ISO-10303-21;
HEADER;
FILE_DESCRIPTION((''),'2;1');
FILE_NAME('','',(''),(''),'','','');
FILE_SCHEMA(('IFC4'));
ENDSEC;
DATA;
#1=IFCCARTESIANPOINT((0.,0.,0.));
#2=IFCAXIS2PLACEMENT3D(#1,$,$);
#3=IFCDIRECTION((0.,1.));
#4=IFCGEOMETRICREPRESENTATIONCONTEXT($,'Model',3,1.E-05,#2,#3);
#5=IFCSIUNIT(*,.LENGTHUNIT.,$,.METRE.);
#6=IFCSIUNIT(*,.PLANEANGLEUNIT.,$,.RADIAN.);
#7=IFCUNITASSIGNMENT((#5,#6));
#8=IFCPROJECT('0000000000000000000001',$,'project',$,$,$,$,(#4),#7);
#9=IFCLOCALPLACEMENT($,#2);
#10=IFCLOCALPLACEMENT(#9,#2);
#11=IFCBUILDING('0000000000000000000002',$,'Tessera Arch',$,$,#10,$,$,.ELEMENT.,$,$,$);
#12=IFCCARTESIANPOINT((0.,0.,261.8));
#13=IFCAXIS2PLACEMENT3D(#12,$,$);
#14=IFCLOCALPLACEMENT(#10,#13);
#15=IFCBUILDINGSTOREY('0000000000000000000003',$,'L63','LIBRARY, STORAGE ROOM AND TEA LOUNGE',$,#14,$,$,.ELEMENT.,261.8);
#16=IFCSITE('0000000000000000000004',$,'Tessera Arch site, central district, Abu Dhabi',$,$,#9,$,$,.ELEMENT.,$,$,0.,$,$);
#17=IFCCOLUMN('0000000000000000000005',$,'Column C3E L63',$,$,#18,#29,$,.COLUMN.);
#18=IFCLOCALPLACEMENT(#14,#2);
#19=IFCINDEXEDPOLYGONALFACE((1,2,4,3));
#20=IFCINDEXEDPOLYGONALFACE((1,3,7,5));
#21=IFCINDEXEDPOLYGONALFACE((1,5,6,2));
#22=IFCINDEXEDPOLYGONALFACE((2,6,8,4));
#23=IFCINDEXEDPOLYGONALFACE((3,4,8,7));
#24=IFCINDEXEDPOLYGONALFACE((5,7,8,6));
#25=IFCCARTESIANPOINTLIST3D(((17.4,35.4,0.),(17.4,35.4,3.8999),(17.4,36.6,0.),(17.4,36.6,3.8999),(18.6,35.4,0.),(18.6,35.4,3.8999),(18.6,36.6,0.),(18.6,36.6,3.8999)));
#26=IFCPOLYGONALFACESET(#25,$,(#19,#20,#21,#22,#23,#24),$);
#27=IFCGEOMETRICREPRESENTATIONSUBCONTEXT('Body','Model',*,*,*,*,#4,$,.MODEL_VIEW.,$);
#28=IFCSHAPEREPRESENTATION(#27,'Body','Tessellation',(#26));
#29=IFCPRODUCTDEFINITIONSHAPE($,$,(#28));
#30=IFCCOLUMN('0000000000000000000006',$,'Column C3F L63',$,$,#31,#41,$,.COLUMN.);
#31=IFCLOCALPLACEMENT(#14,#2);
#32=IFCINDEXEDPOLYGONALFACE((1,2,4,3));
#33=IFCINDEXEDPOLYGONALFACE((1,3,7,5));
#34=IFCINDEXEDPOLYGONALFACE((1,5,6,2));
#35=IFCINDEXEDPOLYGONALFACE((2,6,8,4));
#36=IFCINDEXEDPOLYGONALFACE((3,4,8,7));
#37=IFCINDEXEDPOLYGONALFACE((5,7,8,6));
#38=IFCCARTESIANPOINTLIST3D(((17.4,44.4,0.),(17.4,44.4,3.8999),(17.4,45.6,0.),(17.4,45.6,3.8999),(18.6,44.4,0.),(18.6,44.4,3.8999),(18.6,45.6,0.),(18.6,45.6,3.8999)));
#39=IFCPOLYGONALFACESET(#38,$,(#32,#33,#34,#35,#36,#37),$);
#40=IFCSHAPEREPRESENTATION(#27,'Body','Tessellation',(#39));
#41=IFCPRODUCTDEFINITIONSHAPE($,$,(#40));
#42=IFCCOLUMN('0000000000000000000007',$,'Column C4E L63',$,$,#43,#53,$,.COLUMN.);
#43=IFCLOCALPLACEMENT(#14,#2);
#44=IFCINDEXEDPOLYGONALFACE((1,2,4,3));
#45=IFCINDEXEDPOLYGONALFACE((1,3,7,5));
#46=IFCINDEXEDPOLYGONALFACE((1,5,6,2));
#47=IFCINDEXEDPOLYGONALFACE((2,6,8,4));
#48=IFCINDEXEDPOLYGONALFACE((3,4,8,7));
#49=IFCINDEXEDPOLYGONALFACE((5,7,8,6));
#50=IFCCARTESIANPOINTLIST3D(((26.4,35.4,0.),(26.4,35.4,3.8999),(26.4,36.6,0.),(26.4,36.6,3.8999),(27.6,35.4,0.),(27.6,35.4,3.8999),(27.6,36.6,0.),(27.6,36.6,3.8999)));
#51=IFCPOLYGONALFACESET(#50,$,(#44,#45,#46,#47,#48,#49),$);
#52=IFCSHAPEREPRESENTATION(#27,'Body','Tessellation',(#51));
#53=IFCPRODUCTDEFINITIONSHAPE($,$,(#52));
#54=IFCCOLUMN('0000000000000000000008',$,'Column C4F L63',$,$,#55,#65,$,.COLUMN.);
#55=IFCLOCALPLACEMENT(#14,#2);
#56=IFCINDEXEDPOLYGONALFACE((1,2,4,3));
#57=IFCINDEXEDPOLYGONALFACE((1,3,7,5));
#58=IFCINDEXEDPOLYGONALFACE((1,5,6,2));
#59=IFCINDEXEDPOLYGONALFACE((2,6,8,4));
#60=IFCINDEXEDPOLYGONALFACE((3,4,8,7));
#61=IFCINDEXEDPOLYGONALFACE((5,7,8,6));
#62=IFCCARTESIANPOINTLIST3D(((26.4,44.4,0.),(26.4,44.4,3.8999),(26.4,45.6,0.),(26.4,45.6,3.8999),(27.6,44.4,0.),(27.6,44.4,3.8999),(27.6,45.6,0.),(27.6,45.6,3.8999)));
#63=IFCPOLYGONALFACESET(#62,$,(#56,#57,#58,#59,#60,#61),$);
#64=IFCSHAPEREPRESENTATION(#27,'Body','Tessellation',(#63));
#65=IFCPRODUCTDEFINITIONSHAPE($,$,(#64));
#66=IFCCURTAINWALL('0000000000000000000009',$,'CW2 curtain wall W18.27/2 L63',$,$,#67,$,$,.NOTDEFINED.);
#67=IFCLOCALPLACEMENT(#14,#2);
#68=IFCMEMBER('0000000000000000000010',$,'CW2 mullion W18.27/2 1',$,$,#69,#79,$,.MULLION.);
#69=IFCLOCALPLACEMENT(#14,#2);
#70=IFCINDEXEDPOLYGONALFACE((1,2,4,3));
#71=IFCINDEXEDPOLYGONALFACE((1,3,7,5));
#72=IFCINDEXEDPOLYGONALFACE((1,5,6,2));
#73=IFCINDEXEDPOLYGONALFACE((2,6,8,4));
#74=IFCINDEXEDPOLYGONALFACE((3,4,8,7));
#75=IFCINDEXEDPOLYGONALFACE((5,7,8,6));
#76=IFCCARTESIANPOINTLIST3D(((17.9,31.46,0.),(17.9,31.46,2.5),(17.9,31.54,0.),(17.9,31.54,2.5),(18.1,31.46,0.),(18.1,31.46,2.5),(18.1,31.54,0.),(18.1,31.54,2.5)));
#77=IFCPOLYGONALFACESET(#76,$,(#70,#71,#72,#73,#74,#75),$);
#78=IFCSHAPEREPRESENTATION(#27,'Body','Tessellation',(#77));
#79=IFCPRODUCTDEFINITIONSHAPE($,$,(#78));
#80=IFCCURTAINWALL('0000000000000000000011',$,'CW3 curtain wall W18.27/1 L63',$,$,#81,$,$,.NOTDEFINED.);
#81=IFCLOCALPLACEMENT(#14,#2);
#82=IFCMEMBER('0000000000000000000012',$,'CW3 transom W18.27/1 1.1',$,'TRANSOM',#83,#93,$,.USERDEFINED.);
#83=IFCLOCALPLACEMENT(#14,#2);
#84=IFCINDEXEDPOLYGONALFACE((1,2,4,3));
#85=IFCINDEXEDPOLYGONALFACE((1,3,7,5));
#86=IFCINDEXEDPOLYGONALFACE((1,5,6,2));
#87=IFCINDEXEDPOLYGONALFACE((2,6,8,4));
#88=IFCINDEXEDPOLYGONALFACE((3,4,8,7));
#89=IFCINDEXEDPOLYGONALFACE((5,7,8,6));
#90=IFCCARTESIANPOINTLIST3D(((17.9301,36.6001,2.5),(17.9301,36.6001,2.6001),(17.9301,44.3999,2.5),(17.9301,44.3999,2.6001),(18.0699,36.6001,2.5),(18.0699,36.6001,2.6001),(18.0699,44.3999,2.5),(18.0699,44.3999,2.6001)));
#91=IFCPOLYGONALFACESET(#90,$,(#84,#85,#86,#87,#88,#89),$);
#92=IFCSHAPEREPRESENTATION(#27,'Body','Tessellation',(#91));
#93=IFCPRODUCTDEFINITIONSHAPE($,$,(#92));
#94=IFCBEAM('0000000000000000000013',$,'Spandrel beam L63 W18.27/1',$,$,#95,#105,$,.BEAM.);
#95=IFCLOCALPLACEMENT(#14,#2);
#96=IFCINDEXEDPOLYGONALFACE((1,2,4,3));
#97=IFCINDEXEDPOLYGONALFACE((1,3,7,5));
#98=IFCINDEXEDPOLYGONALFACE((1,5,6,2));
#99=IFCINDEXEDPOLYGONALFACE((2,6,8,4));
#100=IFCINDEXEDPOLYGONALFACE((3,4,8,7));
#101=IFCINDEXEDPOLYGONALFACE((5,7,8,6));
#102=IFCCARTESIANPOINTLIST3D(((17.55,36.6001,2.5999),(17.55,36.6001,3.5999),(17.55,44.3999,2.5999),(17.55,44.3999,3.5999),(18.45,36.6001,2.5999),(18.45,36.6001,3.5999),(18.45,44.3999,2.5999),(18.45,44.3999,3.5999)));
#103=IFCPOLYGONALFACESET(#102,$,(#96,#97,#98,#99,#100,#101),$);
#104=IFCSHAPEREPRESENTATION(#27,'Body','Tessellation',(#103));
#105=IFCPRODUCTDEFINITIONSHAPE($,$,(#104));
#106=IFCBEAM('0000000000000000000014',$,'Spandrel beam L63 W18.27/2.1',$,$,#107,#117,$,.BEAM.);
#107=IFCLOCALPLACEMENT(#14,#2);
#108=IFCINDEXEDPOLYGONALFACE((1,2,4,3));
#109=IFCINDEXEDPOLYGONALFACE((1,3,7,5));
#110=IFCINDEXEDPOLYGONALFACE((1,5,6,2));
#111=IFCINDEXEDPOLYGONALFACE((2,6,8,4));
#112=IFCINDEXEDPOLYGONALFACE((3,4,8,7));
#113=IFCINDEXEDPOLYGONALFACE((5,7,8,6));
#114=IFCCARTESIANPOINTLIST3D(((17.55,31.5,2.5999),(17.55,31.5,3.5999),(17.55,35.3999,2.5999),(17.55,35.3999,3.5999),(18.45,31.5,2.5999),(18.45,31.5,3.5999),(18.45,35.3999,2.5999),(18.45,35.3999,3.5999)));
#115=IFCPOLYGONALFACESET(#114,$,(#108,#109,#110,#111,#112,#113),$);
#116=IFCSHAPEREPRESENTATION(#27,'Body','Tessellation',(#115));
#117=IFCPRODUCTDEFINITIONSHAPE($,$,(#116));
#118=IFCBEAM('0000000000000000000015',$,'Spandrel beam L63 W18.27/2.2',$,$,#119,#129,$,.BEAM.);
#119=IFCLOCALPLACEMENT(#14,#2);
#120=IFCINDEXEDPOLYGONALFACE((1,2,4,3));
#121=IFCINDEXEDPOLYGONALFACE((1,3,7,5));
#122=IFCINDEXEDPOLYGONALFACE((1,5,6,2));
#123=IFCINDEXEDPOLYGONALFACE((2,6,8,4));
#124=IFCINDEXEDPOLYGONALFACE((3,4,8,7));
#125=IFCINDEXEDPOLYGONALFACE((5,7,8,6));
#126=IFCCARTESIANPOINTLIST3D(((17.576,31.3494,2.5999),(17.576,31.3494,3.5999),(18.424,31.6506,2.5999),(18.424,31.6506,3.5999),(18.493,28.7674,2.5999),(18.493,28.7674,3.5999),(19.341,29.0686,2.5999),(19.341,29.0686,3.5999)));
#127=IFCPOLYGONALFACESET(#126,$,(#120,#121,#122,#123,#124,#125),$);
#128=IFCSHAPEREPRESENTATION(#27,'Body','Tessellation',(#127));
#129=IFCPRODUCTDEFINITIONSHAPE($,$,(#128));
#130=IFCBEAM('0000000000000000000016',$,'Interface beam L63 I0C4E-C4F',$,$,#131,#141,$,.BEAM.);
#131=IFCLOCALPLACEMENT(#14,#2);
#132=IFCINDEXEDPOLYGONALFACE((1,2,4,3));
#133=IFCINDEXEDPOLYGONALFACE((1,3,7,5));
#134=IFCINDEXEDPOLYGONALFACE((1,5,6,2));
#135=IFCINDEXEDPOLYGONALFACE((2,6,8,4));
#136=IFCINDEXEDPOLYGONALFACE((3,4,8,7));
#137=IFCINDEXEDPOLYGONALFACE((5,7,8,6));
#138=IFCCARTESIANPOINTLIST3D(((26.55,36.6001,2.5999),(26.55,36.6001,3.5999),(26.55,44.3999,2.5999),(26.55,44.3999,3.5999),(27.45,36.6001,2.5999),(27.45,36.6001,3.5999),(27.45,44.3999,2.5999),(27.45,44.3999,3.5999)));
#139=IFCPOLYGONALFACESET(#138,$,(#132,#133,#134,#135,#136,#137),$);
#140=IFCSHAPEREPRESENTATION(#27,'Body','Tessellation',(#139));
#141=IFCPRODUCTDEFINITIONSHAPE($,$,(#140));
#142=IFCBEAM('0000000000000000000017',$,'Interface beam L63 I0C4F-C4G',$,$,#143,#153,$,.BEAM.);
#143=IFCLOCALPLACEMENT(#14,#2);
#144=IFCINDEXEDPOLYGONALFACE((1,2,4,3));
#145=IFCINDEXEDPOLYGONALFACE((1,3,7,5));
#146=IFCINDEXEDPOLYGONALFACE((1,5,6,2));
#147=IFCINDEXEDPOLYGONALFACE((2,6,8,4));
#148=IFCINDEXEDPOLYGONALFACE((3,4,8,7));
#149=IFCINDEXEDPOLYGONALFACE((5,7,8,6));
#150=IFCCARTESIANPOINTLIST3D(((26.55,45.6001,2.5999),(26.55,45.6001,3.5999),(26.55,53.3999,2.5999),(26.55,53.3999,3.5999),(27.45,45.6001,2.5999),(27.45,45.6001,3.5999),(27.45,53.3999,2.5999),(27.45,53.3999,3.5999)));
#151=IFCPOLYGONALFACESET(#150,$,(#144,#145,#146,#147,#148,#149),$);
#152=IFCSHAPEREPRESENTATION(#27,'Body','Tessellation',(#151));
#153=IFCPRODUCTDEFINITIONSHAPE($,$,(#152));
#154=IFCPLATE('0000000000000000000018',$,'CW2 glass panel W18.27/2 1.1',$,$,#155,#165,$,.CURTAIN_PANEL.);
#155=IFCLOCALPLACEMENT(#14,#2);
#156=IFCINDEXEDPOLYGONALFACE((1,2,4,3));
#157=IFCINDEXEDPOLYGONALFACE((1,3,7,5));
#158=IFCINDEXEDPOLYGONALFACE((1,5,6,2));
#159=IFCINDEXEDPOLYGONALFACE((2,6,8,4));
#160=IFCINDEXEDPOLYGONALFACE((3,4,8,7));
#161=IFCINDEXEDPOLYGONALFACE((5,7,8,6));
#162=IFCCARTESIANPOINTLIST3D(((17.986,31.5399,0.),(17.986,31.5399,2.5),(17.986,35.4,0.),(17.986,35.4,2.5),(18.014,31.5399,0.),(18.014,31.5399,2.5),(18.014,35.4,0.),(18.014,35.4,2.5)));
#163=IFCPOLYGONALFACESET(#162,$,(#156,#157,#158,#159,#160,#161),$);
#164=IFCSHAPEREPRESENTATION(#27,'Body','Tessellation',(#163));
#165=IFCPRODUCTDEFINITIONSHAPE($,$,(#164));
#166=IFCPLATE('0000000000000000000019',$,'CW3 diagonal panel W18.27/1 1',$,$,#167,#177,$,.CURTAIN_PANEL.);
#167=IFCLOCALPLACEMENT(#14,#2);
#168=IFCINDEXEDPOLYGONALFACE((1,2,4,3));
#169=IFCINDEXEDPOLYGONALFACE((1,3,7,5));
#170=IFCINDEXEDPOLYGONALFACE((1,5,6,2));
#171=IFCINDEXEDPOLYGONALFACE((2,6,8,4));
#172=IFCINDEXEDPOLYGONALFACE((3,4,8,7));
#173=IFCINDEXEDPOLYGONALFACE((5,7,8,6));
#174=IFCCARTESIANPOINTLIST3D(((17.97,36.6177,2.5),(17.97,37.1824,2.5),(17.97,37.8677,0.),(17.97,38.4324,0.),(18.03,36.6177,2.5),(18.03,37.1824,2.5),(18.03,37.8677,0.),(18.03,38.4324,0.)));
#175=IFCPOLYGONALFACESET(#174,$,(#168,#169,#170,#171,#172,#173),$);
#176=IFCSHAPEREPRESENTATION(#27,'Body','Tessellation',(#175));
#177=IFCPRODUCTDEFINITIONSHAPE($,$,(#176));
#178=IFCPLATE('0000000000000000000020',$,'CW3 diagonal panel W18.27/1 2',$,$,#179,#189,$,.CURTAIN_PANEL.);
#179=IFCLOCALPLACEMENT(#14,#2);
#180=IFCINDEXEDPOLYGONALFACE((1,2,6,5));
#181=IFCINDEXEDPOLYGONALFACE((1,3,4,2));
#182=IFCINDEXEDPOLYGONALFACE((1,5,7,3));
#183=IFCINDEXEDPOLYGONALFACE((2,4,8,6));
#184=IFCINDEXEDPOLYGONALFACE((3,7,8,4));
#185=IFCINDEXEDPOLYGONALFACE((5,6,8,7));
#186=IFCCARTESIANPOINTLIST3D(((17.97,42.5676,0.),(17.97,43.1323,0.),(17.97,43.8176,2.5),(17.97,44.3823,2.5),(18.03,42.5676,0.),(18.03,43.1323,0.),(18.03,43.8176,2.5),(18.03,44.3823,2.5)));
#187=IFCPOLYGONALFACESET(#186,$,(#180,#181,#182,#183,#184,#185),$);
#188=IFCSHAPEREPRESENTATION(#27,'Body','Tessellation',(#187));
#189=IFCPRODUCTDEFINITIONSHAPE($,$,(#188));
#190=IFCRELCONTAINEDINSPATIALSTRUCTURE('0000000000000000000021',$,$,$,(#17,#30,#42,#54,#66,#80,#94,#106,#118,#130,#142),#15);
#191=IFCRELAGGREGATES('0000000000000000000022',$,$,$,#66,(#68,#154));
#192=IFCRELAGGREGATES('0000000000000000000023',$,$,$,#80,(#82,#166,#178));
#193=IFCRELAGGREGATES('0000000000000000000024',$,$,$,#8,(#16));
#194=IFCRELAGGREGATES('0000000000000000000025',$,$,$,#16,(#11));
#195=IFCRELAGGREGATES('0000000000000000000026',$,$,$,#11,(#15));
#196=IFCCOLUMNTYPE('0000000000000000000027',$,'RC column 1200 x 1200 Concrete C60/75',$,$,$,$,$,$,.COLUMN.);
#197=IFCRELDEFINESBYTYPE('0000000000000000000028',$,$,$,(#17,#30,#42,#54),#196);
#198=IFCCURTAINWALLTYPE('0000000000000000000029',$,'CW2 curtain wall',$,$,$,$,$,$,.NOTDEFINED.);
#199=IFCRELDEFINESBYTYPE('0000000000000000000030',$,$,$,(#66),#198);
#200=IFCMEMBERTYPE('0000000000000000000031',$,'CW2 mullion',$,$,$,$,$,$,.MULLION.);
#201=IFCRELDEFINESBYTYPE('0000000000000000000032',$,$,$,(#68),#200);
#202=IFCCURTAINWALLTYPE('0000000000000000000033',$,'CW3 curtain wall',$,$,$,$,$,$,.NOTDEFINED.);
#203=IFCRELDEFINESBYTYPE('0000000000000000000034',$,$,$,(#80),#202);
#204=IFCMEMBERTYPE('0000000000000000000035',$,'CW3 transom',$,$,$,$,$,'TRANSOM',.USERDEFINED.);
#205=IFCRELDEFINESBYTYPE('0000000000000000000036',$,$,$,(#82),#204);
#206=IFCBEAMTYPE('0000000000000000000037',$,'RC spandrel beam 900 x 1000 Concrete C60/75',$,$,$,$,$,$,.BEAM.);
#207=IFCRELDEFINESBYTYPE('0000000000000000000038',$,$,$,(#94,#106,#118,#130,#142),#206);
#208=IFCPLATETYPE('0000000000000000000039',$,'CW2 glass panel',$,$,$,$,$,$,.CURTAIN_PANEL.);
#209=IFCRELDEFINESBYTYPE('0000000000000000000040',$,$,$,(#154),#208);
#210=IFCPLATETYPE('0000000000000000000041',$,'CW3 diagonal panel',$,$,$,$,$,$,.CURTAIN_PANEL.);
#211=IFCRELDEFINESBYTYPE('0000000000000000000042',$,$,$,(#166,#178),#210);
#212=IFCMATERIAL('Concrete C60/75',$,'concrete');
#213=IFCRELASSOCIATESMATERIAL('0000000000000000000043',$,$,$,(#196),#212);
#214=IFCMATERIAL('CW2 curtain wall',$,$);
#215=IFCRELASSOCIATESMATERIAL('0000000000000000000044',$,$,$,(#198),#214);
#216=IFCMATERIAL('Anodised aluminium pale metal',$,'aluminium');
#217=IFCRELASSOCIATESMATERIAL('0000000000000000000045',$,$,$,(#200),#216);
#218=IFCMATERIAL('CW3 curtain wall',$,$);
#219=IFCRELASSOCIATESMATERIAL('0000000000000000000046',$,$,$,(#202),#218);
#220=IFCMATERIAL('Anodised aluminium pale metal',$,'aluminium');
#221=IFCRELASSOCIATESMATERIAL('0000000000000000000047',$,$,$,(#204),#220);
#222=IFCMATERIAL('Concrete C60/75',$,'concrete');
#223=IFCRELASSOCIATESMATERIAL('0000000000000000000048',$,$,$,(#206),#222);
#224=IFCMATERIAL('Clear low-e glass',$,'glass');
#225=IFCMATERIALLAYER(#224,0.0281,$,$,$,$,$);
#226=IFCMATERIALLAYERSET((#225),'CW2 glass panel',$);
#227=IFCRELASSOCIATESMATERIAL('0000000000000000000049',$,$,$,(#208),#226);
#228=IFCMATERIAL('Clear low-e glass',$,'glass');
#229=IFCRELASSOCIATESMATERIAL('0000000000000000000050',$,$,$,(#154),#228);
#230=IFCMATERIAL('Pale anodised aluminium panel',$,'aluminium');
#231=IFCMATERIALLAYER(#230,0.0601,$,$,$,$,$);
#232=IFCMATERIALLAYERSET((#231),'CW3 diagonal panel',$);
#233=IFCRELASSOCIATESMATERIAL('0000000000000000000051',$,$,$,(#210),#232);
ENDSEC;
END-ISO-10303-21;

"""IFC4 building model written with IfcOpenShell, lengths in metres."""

from ifc_helpers import new_model, si_unit, direction, frame, origin, origin_2d, place, context, subcontext, project, spatial, polyline, rectangle, outline, extrude, material, layer, layer_set, material_profile, profile_set, type_object, element, aggregate, save


model = new_model("IFC4")

# Units and contexts
model_context = context("Model", 3, precision=1e-05, world=origin(), true_north=direction((0.0, 1.0)))
body_context = subcontext(model_context, "Body", "Model", "MODEL_VIEW")
ifc_project = project(units=[si_unit("LENGTHUNIT", "METRE"), si_unit("PLANEANGLEUNIT", "RADIAN")], contexts=[model_context])

# Site, building, storey
site_placement = place(None, origin())
site = spatial("IfcSite", under=ifc_project, at=site_placement, Name="Tessera Arch site, central district, Abu Dhabi", CompositionType="ELEMENT", RefElevation=0.0)
building_placement = place(site_placement, origin())
building = spatial("IfcBuilding", under=site, at=building_placement, Name="Tessera Arch", CompositionType="ELEMENT")
storey_placement = place(building_placement, frame((0.0, 0.0, 261.8)))
storey = spatial("IfcBuildingStorey", under=building, at=storey_placement, Name="L63", Description="LIBRARY, STORAGE ROOM AND TEA LOUNGE", CompositionType="ELEMENT", Elevation=261.8)

# Columns
ifc_material_1 = material(Name="Concrete C60/75", Category="concrete")
ifc_material_profile_1 = material_profile(ifc_material_1, rectangle(XDim=1.2, YDim=1.2, at=origin_2d()), Name="RC column 1200 x 1200 Concrete C60/75")
ifc_profile_set_1 = profile_set([ifc_material_profile_1], Name="Concrete C60/75")
column_type = type_object("IfcColumnType", Name="RC column 1200 x 1200 Concrete C60/75", PredefinedType="COLUMN", material=ifc_profile_set_1)
for number, where, z_axis, x_axis, name in (
    (1, (18.0, 36.0, 0.0), (0.0, 0.0, 1.0), (1.0, 0.0, 0.0), "Column C3E L63"),
    (2, (18.0, 45.0, 0.0), (0.0, 0.0, 1.0), (1.0, 0.0, 0.0), "Column C3F L63"),
    (3, (27.0, 36.0, 0.0), (0.0, 0.0, 1.0), (1.0, 0.0, 0.0), "Column C4E L63"),
    (4, (27.0, 45.0, 0.0), (0.0, 0.0, 1.0), (1.0, 0.0, 0.0), "Column C4F L63"),
):
    element("IfcColumn", number, at=place(storey_placement, frame(where, z_axis=z_axis, x_axis=x_axis)), inside=storey, type_object=column_type, Name=name, PredefinedType="COLUMN", context=body_context, shape_type="SweptSolid", body=[
        extrude(rectangle(XDim=1.2, YDim=1.2, at=origin_2d()), origin(), (0.0, 0.0, 1.0), 3.8999),
    ])

# Curtain walls, members
ifc_material_2 = material(Name="CW2 curtain wall")
curtain_wall_type_1 = type_object("IfcCurtainWallType", Name="CW2 curtain wall", PredefinedType="NOTDEFINED", material=ifc_material_2)
curtain_wall_1_placement = place(storey_placement, origin())
curtain_wall_1 = element("IfcCurtainWall", 5, at=curtain_wall_1_placement, inside=storey, type_object=curtain_wall_type_1, Name="CW2 curtain wall W18.27/2 L63", PredefinedType="NOTDEFINED")
ifc_material_3 = material(Name="Anodised aluminium pale metal", Category="aluminium")
ifc_material_profile_2 = material_profile(ifc_material_3, rectangle(XDim=0.2, YDim=0.0801, at=origin_2d()), Name="AL 80x200")
ifc_profile_set_2 = profile_set([ifc_material_profile_2], Name="Anodised aluminium pale metal")
member_type_1 = type_object("IfcMemberType", Name="CW2 mullion", PredefinedType="MULLION", material=ifc_profile_set_2)
member_1_placement = place(storey_placement, frame((18.0, 31.5, 0.0), z_axis=(0.0, 0.0, 1.0), x_axis=(1.0, 0.0, 0.0)))
member_1 = element("IfcMember", 6, at=member_1_placement, type_object=member_type_1, Name="CW2 mullion W18.27/2 1", PredefinedType="MULLION", context=body_context, shape_type="SweptSolid", body=[
    extrude(rectangle(XDim=0.2, YDim=0.0801, at=origin_2d()), origin(), (0.0, 0.0, 1.0), 2.5),
])
ifc_material_4 = material(Name="CW3 curtain wall")
curtain_wall_type_2 = type_object("IfcCurtainWallType", Name="CW3 curtain wall", PredefinedType="NOTDEFINED", material=ifc_material_4)
curtain_wall_2_placement = place(storey_placement, origin())
curtain_wall_2 = element("IfcCurtainWall", 7, at=curtain_wall_2_placement, inside=storey, type_object=curtain_wall_type_2, Name="CW3 curtain wall W18.27/1 L63", PredefinedType="NOTDEFINED")
ifc_material_5 = material(Name="Anodised aluminium pale metal", Category="aluminium")
ifc_material_profile_3 = material_profile(ifc_material_5, rectangle(XDim=0.1399, YDim=0.1001, at=origin_2d()), Name="AL 140x100")
ifc_profile_set_3 = profile_set([ifc_material_profile_3], Name="Anodised aluminium pale metal")
member_type_2 = type_object("IfcMemberType", Name="CW3 transom", ElementType="TRANSOM", PredefinedType="USERDEFINED", material=ifc_profile_set_3)
member_2_placement = place(storey_placement, frame((18.0, 44.3999, 2.55), z_axis=(0.0, -1.0, 0.0), x_axis=(1.0, 0.0, 0.0)))
member_2 = element("IfcMember", 8, at=member_2_placement, type_object=member_type_2, Name="CW3 transom W18.27/1 1.1", ObjectType="TRANSOM", PredefinedType="USERDEFINED", context=body_context, shape_type="SweptSolid", body=[
    extrude(rectangle(XDim=0.1399, YDim=0.1001, at=origin_2d()), origin(), (0.0, 0.0, 1.0), 7.7998),
])

# Beams
ifc_material_6 = material(Name="Concrete C60/75", Category="concrete")
ifc_material_profile_4 = material_profile(ifc_material_6, rectangle(XDim=0.8999, YDim=1.0, at=origin_2d()), Name="RC spandrel beam 900 x 1000 Concrete C60/75")
ifc_profile_set_4 = profile_set([ifc_material_profile_4], Name="Concrete C60/75")
beam_type = type_object("IfcBeamType", Name="RC spandrel beam 900 x 1000 Concrete C60/75", PredefinedType="BEAM", material=ifc_profile_set_4)
beam_1_placement = place(storey_placement, frame((18.0, 44.3999, 3.0999), z_axis=(0.0, -1.0, 0.0), x_axis=(1.0, 0.0, 0.0)))
element("IfcBeam", 9, at=beam_1_placement, inside=storey, type_object=beam_type, Name="Spandrel beam L63 W18.27/1", PredefinedType="BEAM", context=body_context, shape_type="SweptSolid", body=[
    extrude(rectangle(XDim=0.8999, YDim=1.0, at=origin_2d()), origin(), (0.0, 0.0, 1.0), 7.7998),
])
beam_2_placement = place(storey_placement, frame((18.0, 35.3999, 3.0999), z_axis=(0.0, -1.0, 0.0), x_axis=(1.0, 0.0, 0.0)))
element("IfcBeam", 10, at=beam_2_placement, inside=storey, type_object=beam_type, Name="Spandrel beam L63 W18.27/2.1", PredefinedType="BEAM", context=body_context, shape_type="SweptSolid", body=[
    extrude(rectangle(XDim=0.8999, YDim=1.0, at=origin_2d()), origin(), (0.0, 0.0, 1.0), 3.8999),
])
beam_3_placement = place(storey_placement, frame((18.0, 31.5, 3.0999), z_axis=(0.334665, -0.942337, 0.0), x_axis=(0.942337, 0.334665, 0.0)))
element("IfcBeam", 11, at=beam_3_placement, inside=storey, type_object=beam_type, Name="Spandrel beam L63 W18.27/2.2", PredefinedType="BEAM", context=body_context, shape_type="SweptSolid", body=[
    extrude(rectangle(XDim=0.8999, YDim=1.0, at=origin_2d()), origin(), (0.0, 0.0, 1.0), 2.74),
])
for number, where, z_axis, x_axis, name in (
    (12, (27.0, 36.6001, 3.0999), (0.0, 1.0, 0.0), (-1.0, 0.0, 0.0), "Interface beam L63 I0C4E-C4F"),
    (13, (27.0, 45.6001, 3.0999), (0.0, 1.0, 0.0), (-1.0, 0.0, 0.0), "Interface beam L63 I0C4F-C4G"),
):
    element("IfcBeam", number, at=place(storey_placement, frame(where, z_axis=z_axis, x_axis=x_axis)), inside=storey, type_object=beam_type, Name=name, PredefinedType="BEAM", context=body_context, shape_type="SweptSolid", body=[
        extrude(rectangle(XDim=0.8999, YDim=1.0, at=origin_2d()), origin(), (0.0, 0.0, 1.0), 7.7998),
    ])

# Plates
ifc_material_7 = material(Name="Clear low-e glass", Category="glass")
ifc_material_8 = material(Name="Clear low-e glass", Category="glass")
ifc_layer_1 = layer(ifc_material_8, 0.0281)
ifc_layer_set_1 = layer_set([ifc_layer_1], Name="CW2 glass panel")
plate_type_1 = type_object("IfcPlateType", Name="CW2 glass panel", PredefinedType="CURTAIN_PANEL", material=ifc_layer_set_1)
plate_1_placement = place(storey_placement, frame((18.0, 33.47, 0.0), z_axis=(0.0, 0.0, 1.0), x_axis=(0.0, -1.0, 0.0)))
plate_1 = element("IfcPlate", 14, at=plate_1_placement, type_object=plate_type_1, material=ifc_material_7, Name="CW2 glass panel W18.27/2 1.1", PredefinedType="CURTAIN_PANEL", context=body_context, shape_type="SweptSolid", body=[
    extrude(rectangle(XDim=3.8601, YDim=0.0281, at=origin_2d()), origin(), (0.0, 0.0, 1.0), 2.5),
])
aggregate(curtain_wall_1, [member_1, plate_1])
ifc_material_9 = material(Name="Pale anodised aluminium panel", Category="aluminium")
ifc_layer_2 = layer(ifc_material_9, 0.0601)
ifc_layer_set_2 = layer_set([ifc_layer_2], Name="CW3 diagonal panel")
plate_type_2 = type_object("IfcPlateType", Name="CW3 diagonal panel", PredefinedType="CURTAIN_PANEL", material=ifc_layer_set_2)
plate_2_placement = place(storey_placement, frame((17.97, 36.6177, 2.5), z_axis=(-1.0, 0.0, 0.0), x_axis=(0.0, 1.0, 0.0)))
plate_2 = element("IfcPlate", 15, at=plate_2_placement, type_object=plate_type_2, Name="CW3 diagonal panel W18.27/1 1", PredefinedType="CURTAIN_PANEL", context=body_context, shape_type="SweptSolid", body=[
    extrude(outline(polyline([(0.0, 0.0), (0.5647, 0.0), (1.8147, 2.5), (1.25, 2.5), (0.0, 0.0)])), origin(), (0.0, 0.0, -1.0), 0.0601),
])
plate_3_placement = place(storey_placement, frame((17.97, 43.8176, 2.5), z_axis=(-1.0, 0.0, 0.0), x_axis=(0.0, 1.0, 0.0)))
plate_3 = element("IfcPlate", 16, at=plate_3_placement, type_object=plate_type_2, Name="CW3 diagonal panel W18.27/1 2", PredefinedType="CURTAIN_PANEL", context=body_context, shape_type="SweptSolid", body=[
    extrude(outline(polyline([(0.0, 0.0), (0.5647, 0.0), (-0.6853, 2.5), (-1.25, 2.5), (0.0, 0.0)])), origin(), (0.0, 0.0, -1.0), 0.0601),
])
aggregate(curtain_wall_2, [member_2, plate_2, plate_3])

save(model, "model.ifc")
